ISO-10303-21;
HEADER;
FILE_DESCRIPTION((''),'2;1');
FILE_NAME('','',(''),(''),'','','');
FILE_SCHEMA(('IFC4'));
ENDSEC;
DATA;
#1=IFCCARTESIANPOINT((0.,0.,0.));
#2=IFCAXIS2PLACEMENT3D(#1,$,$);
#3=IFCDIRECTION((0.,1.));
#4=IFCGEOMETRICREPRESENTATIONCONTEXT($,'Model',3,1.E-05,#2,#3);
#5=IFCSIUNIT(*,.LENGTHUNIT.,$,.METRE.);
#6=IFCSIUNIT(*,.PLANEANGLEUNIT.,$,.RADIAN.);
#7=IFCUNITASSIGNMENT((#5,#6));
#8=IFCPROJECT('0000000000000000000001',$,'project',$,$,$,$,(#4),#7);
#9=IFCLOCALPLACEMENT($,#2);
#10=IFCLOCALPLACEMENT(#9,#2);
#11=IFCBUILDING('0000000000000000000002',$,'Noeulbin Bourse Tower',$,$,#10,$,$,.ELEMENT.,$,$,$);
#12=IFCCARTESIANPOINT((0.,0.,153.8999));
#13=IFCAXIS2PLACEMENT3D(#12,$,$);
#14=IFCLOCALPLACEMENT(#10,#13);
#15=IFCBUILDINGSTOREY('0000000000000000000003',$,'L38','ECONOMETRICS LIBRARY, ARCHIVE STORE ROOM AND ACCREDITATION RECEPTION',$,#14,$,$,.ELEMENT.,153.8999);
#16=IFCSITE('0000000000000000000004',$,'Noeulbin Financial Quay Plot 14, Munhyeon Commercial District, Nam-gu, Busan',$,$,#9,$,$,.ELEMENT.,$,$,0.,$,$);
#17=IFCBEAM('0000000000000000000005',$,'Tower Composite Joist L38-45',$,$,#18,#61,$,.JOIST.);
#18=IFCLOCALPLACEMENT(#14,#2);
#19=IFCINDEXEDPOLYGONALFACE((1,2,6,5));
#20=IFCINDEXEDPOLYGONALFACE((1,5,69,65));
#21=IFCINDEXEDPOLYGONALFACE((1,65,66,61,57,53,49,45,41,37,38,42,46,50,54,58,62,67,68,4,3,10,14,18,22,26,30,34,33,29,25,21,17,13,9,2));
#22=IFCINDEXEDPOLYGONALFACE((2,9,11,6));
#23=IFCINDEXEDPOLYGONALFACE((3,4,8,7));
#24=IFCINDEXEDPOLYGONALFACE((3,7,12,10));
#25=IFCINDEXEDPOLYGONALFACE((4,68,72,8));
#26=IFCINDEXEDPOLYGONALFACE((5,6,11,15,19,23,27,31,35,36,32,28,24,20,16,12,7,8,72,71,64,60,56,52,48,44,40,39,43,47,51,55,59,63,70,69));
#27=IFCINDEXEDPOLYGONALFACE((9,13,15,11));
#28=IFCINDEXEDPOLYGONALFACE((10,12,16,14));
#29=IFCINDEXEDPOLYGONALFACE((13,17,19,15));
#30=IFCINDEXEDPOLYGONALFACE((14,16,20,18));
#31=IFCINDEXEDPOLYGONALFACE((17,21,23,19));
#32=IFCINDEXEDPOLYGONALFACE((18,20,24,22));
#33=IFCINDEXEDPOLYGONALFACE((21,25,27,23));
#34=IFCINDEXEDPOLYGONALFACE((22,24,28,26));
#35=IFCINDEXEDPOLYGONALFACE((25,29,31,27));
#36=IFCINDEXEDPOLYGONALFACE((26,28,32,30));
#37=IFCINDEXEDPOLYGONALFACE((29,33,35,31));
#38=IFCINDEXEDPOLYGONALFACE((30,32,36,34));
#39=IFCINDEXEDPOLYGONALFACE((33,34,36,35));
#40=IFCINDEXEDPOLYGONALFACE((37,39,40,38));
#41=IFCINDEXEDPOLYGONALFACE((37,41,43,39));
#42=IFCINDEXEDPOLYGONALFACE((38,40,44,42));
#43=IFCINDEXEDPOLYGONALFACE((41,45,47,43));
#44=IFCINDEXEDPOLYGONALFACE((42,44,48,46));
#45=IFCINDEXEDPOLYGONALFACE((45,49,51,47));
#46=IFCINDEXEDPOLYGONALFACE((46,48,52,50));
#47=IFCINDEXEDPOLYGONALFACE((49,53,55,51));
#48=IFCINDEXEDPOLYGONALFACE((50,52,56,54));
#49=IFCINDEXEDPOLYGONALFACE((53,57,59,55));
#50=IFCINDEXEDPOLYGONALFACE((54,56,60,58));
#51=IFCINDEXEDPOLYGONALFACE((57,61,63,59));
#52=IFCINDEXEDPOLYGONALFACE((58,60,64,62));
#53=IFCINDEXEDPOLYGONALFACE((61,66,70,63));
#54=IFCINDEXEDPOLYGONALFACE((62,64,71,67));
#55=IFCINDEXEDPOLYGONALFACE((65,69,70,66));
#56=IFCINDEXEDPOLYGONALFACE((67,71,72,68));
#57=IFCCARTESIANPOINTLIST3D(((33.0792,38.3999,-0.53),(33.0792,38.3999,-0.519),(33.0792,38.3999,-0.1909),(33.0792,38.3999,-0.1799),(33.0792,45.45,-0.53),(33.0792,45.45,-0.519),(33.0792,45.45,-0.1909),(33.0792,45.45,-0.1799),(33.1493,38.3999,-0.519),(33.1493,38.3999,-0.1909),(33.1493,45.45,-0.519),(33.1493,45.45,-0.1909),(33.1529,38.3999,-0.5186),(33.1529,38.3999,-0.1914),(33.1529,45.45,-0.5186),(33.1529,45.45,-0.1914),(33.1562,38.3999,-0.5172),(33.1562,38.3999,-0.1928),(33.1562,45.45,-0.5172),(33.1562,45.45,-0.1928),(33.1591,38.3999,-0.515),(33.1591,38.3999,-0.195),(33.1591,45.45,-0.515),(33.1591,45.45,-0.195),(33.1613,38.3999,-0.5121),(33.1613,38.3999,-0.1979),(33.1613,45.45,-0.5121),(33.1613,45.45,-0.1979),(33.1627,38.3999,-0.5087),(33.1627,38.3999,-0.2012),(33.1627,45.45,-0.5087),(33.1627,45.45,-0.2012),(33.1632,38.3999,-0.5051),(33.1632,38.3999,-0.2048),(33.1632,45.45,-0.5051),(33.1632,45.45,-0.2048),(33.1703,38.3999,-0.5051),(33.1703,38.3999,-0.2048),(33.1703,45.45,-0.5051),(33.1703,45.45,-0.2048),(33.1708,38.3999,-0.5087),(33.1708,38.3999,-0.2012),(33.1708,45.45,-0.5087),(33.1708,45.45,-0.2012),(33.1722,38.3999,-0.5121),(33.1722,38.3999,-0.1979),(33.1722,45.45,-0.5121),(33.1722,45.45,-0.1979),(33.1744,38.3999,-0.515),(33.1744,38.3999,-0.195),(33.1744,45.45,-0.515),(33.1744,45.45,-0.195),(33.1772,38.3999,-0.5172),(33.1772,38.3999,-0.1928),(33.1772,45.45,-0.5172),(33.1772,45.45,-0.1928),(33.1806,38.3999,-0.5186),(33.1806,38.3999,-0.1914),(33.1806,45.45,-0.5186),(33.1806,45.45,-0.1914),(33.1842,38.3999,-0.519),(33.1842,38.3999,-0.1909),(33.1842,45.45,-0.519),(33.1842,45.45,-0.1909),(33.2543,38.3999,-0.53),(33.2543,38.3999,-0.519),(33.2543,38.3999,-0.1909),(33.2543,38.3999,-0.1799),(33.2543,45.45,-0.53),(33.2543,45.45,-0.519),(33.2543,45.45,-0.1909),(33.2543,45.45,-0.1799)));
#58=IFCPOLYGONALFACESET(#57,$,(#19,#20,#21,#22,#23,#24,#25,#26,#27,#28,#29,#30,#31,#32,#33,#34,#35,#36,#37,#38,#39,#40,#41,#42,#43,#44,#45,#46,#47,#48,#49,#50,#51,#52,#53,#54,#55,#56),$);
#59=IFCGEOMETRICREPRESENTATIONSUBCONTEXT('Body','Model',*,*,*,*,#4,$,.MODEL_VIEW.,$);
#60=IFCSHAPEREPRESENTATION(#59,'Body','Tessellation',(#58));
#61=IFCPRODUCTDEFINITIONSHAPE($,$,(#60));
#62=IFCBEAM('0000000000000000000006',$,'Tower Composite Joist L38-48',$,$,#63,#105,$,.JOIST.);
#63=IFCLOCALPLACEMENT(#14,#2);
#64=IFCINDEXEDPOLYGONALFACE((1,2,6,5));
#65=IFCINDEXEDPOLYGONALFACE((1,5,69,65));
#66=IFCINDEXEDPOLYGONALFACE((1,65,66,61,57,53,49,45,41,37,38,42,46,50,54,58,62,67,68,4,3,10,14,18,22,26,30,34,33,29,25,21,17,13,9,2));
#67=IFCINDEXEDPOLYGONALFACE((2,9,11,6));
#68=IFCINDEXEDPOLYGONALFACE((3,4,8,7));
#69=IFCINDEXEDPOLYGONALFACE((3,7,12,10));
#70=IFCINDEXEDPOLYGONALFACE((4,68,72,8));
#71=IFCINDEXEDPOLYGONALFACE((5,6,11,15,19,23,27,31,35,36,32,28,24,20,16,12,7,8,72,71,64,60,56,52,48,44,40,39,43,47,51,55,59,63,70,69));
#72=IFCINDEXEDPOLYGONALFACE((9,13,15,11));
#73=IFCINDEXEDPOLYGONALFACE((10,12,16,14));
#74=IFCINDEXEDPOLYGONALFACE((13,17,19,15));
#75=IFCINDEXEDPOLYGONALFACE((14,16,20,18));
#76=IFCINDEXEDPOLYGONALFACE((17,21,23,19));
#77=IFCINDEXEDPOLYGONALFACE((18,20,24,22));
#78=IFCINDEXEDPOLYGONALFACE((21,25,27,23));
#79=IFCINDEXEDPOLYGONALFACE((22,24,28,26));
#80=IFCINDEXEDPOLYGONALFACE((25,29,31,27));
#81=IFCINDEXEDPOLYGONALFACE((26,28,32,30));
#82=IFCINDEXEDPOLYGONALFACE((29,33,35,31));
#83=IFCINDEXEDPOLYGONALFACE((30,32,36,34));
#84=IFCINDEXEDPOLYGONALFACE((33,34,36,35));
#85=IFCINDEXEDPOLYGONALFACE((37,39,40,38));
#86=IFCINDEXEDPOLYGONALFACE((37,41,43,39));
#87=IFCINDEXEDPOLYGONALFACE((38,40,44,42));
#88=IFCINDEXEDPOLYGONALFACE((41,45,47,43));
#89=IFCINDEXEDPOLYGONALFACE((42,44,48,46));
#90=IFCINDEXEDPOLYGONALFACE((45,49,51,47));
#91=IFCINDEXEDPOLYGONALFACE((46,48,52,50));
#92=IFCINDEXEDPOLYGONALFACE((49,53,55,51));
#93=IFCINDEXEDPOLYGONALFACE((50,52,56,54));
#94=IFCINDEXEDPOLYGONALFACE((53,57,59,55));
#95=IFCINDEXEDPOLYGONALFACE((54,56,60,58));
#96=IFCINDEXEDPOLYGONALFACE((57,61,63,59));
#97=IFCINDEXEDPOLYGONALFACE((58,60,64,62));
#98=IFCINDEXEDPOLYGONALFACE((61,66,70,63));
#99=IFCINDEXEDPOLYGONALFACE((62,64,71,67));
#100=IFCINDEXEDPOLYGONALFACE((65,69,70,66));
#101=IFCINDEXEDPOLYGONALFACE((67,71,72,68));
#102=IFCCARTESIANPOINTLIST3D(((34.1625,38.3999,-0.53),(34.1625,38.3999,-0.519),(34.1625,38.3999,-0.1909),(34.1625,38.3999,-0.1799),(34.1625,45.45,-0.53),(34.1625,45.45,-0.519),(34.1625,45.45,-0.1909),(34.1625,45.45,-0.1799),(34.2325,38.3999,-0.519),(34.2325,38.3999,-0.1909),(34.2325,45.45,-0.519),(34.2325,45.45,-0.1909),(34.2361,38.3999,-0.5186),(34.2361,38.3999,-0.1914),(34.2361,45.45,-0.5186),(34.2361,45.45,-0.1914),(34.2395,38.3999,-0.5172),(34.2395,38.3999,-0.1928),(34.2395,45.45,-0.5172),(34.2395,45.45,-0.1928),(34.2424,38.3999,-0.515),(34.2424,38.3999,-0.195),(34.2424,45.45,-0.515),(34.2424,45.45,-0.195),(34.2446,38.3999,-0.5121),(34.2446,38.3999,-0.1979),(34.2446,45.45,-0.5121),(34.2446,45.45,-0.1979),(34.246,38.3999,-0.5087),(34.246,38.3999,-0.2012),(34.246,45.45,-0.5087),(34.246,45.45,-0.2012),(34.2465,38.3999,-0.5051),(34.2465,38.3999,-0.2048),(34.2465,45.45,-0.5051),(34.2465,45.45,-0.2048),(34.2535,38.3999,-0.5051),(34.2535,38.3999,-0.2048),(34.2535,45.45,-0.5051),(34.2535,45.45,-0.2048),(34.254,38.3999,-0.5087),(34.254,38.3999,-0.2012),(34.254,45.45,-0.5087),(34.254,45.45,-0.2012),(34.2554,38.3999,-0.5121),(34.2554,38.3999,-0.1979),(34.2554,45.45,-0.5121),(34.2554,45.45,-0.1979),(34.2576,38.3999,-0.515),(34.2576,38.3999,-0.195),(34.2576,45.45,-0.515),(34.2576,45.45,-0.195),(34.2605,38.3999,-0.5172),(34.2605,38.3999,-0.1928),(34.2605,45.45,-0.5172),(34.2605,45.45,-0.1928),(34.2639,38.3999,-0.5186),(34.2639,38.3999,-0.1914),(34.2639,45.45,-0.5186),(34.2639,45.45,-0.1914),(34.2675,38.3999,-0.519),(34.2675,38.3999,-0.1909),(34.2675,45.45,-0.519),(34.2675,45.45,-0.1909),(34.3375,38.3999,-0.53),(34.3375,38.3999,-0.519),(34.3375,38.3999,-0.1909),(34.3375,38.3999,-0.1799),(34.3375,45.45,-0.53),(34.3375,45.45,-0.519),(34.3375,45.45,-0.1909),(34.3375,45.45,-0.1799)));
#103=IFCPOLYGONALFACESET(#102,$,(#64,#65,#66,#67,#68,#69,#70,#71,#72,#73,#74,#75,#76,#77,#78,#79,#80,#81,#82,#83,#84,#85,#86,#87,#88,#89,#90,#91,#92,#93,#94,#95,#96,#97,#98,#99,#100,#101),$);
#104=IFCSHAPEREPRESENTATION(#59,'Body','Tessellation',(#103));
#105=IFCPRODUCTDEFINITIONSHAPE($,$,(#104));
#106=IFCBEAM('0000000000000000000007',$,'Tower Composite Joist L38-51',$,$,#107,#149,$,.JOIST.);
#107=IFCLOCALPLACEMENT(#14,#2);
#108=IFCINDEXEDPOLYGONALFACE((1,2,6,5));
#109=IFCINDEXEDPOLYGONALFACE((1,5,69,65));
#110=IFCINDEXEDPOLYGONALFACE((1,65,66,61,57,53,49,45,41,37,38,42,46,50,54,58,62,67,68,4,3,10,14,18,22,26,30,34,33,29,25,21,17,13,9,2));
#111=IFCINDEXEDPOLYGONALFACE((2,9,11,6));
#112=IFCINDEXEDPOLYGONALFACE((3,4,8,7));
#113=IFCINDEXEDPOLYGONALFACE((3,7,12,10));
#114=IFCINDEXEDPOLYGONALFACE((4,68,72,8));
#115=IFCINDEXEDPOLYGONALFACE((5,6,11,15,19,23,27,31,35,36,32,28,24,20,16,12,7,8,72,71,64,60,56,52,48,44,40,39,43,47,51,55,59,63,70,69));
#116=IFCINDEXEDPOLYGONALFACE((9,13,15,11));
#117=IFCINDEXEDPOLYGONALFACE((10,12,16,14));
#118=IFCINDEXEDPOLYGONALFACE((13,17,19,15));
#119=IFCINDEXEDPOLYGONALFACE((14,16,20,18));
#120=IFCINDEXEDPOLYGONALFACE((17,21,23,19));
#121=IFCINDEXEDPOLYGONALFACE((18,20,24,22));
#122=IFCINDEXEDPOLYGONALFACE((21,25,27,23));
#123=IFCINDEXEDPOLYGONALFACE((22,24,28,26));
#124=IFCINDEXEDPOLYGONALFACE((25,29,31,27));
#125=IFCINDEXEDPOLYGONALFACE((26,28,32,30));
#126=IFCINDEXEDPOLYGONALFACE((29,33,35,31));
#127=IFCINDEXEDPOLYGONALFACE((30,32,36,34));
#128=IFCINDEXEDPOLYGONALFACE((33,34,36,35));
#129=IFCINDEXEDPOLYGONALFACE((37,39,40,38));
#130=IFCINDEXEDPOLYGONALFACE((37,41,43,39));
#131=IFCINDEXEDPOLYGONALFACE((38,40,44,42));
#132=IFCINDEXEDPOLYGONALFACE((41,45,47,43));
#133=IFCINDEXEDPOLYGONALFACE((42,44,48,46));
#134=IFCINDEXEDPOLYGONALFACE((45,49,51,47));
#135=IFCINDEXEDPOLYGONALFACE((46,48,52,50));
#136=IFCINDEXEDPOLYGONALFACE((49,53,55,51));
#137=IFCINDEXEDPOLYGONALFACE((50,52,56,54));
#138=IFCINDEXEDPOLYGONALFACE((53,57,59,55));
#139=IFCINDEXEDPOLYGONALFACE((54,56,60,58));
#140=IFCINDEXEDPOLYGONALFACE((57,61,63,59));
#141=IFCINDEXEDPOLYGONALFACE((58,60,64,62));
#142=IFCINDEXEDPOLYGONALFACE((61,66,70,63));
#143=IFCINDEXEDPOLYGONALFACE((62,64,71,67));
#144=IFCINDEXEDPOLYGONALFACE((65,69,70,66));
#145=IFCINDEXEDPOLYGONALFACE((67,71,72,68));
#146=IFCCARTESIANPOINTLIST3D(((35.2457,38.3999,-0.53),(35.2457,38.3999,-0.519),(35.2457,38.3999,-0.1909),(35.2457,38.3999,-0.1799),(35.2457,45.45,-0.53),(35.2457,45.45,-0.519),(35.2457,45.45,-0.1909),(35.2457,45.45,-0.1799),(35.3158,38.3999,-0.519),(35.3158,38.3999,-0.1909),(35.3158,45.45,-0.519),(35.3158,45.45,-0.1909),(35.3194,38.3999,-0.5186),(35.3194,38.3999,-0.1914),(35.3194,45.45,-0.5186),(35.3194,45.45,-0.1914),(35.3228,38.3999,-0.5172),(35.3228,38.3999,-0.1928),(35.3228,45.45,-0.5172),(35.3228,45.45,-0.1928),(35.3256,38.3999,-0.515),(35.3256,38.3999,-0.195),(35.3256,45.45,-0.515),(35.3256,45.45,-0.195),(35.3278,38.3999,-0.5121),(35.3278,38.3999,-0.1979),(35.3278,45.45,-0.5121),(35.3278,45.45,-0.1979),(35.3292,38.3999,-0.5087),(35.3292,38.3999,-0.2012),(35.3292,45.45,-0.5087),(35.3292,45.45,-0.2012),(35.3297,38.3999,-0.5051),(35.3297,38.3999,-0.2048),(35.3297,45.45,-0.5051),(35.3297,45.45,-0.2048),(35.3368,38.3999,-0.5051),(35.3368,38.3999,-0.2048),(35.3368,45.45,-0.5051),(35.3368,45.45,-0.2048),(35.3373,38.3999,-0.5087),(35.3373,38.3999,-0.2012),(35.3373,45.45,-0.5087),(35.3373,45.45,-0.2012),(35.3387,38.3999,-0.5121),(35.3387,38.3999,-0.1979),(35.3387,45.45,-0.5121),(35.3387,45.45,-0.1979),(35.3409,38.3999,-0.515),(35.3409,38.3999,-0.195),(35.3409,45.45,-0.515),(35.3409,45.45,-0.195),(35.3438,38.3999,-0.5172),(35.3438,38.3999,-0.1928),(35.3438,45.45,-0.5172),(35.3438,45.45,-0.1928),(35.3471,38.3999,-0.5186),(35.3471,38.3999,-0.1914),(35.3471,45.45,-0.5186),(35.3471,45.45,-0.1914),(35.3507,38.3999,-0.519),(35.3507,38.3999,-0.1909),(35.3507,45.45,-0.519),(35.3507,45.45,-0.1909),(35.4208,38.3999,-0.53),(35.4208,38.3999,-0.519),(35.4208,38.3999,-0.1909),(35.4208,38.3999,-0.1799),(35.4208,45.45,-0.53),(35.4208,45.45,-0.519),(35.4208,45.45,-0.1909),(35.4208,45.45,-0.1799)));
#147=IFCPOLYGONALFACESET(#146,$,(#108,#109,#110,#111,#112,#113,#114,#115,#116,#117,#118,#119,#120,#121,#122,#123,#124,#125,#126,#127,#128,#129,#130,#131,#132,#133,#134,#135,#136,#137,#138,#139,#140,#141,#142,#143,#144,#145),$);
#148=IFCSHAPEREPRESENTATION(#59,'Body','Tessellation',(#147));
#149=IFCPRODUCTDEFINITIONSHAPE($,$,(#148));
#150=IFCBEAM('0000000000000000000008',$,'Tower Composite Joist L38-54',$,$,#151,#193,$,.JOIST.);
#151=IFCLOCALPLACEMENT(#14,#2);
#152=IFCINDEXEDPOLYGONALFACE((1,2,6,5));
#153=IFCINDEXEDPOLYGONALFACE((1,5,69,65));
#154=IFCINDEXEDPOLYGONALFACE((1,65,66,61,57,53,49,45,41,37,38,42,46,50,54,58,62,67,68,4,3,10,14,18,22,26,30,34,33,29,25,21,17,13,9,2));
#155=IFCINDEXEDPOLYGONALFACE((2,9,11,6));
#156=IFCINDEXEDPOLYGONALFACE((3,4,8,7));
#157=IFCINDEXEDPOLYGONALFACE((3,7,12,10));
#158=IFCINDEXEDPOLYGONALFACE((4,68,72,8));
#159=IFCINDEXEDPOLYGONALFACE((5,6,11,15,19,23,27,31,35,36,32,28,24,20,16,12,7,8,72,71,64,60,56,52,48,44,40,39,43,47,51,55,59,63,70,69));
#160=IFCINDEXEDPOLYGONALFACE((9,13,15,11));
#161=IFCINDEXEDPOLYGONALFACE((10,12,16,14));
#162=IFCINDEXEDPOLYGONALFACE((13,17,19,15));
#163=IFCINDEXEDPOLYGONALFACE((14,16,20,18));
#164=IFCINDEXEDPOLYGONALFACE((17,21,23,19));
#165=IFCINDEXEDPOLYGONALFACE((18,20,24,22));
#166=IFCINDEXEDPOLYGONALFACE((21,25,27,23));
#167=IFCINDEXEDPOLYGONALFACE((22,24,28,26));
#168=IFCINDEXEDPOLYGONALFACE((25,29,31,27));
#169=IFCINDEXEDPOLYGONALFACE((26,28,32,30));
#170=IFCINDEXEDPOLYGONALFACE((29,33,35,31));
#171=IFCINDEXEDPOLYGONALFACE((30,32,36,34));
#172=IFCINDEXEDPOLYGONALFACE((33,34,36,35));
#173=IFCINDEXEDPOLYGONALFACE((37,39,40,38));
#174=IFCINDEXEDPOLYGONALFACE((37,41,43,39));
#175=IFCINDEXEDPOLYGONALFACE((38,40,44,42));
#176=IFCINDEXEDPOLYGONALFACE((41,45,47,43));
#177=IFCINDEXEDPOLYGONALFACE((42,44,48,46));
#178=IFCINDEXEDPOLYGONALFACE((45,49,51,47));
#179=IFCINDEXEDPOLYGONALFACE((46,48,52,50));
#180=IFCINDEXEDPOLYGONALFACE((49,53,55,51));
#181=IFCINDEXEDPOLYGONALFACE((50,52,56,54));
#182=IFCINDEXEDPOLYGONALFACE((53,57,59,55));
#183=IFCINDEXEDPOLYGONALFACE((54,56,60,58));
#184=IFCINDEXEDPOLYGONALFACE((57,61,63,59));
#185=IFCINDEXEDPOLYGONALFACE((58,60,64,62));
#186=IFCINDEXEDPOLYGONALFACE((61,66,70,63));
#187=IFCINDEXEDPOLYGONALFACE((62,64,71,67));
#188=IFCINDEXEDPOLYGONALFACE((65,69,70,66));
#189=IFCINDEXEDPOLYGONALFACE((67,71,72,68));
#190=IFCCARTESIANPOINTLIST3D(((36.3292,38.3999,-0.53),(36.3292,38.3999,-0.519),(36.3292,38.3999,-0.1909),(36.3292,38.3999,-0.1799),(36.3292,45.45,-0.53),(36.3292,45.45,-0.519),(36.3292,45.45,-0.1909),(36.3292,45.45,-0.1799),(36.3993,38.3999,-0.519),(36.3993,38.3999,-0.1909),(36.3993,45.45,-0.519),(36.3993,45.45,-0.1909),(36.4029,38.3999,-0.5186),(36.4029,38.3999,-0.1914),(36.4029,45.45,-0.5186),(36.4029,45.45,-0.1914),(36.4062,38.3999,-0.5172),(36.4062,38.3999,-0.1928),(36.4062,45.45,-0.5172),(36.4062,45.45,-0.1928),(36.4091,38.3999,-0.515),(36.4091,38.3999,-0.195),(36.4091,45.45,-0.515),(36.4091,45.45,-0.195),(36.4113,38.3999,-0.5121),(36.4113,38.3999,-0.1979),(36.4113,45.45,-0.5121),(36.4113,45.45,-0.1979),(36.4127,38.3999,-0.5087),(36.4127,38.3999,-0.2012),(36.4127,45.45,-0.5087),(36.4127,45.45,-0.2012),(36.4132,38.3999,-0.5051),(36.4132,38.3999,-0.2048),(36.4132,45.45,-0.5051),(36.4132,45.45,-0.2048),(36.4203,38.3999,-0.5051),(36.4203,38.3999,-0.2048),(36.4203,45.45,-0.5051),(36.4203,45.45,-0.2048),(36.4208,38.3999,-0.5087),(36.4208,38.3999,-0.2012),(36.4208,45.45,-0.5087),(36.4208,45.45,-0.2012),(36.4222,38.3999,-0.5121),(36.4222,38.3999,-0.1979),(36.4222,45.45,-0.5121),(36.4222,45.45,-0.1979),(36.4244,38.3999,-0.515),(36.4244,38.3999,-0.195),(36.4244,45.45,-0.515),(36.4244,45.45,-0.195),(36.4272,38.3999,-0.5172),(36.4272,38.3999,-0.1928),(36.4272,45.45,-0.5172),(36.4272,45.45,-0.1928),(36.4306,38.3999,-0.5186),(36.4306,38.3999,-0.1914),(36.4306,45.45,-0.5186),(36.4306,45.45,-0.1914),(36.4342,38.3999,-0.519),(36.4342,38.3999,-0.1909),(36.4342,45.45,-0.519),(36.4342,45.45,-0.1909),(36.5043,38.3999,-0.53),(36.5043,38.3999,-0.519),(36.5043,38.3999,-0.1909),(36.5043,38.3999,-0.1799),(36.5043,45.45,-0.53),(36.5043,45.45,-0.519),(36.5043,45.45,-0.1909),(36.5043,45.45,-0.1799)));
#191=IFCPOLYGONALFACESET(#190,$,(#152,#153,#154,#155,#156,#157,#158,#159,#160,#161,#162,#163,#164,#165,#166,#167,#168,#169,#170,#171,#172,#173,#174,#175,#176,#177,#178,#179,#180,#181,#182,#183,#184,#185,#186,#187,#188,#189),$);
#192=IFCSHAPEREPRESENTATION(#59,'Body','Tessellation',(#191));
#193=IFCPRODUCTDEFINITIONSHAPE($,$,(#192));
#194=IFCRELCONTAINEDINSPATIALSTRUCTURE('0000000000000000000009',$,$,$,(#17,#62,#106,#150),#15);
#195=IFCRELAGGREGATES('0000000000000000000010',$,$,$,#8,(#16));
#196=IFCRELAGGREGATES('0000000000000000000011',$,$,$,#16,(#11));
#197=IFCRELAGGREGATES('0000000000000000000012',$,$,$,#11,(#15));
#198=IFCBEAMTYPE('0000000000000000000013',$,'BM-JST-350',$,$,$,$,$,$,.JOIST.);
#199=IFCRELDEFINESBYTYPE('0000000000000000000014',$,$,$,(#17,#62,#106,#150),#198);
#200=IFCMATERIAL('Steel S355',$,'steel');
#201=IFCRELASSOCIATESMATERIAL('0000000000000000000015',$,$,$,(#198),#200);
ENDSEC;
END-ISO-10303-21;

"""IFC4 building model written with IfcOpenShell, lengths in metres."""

from ifc_helpers import new_model, si_unit, direction, frame, origin, origin_2d, place, context, subcontext, project, spatial, i_section, extrude, material, material_profile, profile_set, type_object, element, save


model = new_model("IFC4")

# Units and contexts
model_context = context("Model", 3, precision=1e-05, world=origin(), true_north=direction((0.0, 1.0)))
body_context = subcontext(model_context, "Body", "Model", "MODEL_VIEW")
ifc_project = project(units=[si_unit("LENGTHUNIT", "METRE"), si_unit("PLANEANGLEUNIT", "RADIAN")], contexts=[model_context])

# Site, building, storey
site_placement = place(None, origin())
site = spatial("IfcSite", under=ifc_project, at=site_placement, Name="Noeulbin Financial Quay Plot 14, Munhyeon Commercial District, Nam-gu, Busan", CompositionType="ELEMENT", RefElevation=0.0)
building_placement = place(site_placement, origin())
building = spatial("IfcBuilding", under=site, at=building_placement, Name="Noeulbin Bourse Tower", CompositionType="ELEMENT")
storey_placement = place(building_placement, frame((0.0, 0.0, 153.8999)))
storey = spatial("IfcBuildingStorey", under=building, at=storey_placement, Name="L38", Description="ECONOMETRICS LIBRARY, ARCHIVE STORE ROOM AND ACCREDITATION RECEPTION", CompositionType="ELEMENT", Elevation=153.8999)

# Shared definitions
ifc_material_1 = material(Name="Steel S355", Category="steel")

# Beams
ifc_material_profile_1 = material_profile(ifc_material_1, i_section(OverallWidth=0.175, OverallDepth=0.3501, WebThickness=0.0071, FlangeThickness=0.011, FilletRadius=0.0139, at=origin_2d()), Name="H-350x175x7x11", Category="LoadBearing")
ifc_profile_set_1 = profile_set([ifc_material_profile_1], Name="Steel S355")
beam_type_1 = type_object("IfcBeamType", Name="BM-JST-350", PredefinedType="JOIST", material=ifc_profile_set_1)
for number, where, z_axis, x_axis, name in (
    (1, (33.1667, 38.3999, -0.355), (0.0, 1.0, 0.0), (-1.0, 0.0, 0.0), "Tower Composite Joist L38-45"),
    (2, (34.25, 38.3999, -0.355), (0.0, 1.0, 0.0), (-1.0, 0.0, 0.0), "Tower Composite Joist L38-48"),
    (3, (35.3333, 38.3999, -0.355), (0.0, 1.0, 0.0), (-1.0, 0.0, 0.0), "Tower Composite Joist L38-51"),
    (4, (36.4167, 38.3999, -0.355), (0.0, 1.0, 0.0), (-1.0, 0.0, 0.0), "Tower Composite Joist L38-54"),
):
    element("IfcBeam", number, at=place(storey_placement, frame(where, z_axis=z_axis, x_axis=x_axis)), inside=storey, type_object=beam_type_1, Name=name, PredefinedType="JOIST", context=body_context, shape_type="SweptSolid", body=[
        extrude(i_section(OverallWidth=0.175, OverallDepth=0.3501, WebThickness=0.0071, FlangeThickness=0.011, FilletRadius=0.0139, at=origin_2d()), origin(), (0.0, 0.0, 1.0), 7.05),
    ])

save(model, "model.ifc")
